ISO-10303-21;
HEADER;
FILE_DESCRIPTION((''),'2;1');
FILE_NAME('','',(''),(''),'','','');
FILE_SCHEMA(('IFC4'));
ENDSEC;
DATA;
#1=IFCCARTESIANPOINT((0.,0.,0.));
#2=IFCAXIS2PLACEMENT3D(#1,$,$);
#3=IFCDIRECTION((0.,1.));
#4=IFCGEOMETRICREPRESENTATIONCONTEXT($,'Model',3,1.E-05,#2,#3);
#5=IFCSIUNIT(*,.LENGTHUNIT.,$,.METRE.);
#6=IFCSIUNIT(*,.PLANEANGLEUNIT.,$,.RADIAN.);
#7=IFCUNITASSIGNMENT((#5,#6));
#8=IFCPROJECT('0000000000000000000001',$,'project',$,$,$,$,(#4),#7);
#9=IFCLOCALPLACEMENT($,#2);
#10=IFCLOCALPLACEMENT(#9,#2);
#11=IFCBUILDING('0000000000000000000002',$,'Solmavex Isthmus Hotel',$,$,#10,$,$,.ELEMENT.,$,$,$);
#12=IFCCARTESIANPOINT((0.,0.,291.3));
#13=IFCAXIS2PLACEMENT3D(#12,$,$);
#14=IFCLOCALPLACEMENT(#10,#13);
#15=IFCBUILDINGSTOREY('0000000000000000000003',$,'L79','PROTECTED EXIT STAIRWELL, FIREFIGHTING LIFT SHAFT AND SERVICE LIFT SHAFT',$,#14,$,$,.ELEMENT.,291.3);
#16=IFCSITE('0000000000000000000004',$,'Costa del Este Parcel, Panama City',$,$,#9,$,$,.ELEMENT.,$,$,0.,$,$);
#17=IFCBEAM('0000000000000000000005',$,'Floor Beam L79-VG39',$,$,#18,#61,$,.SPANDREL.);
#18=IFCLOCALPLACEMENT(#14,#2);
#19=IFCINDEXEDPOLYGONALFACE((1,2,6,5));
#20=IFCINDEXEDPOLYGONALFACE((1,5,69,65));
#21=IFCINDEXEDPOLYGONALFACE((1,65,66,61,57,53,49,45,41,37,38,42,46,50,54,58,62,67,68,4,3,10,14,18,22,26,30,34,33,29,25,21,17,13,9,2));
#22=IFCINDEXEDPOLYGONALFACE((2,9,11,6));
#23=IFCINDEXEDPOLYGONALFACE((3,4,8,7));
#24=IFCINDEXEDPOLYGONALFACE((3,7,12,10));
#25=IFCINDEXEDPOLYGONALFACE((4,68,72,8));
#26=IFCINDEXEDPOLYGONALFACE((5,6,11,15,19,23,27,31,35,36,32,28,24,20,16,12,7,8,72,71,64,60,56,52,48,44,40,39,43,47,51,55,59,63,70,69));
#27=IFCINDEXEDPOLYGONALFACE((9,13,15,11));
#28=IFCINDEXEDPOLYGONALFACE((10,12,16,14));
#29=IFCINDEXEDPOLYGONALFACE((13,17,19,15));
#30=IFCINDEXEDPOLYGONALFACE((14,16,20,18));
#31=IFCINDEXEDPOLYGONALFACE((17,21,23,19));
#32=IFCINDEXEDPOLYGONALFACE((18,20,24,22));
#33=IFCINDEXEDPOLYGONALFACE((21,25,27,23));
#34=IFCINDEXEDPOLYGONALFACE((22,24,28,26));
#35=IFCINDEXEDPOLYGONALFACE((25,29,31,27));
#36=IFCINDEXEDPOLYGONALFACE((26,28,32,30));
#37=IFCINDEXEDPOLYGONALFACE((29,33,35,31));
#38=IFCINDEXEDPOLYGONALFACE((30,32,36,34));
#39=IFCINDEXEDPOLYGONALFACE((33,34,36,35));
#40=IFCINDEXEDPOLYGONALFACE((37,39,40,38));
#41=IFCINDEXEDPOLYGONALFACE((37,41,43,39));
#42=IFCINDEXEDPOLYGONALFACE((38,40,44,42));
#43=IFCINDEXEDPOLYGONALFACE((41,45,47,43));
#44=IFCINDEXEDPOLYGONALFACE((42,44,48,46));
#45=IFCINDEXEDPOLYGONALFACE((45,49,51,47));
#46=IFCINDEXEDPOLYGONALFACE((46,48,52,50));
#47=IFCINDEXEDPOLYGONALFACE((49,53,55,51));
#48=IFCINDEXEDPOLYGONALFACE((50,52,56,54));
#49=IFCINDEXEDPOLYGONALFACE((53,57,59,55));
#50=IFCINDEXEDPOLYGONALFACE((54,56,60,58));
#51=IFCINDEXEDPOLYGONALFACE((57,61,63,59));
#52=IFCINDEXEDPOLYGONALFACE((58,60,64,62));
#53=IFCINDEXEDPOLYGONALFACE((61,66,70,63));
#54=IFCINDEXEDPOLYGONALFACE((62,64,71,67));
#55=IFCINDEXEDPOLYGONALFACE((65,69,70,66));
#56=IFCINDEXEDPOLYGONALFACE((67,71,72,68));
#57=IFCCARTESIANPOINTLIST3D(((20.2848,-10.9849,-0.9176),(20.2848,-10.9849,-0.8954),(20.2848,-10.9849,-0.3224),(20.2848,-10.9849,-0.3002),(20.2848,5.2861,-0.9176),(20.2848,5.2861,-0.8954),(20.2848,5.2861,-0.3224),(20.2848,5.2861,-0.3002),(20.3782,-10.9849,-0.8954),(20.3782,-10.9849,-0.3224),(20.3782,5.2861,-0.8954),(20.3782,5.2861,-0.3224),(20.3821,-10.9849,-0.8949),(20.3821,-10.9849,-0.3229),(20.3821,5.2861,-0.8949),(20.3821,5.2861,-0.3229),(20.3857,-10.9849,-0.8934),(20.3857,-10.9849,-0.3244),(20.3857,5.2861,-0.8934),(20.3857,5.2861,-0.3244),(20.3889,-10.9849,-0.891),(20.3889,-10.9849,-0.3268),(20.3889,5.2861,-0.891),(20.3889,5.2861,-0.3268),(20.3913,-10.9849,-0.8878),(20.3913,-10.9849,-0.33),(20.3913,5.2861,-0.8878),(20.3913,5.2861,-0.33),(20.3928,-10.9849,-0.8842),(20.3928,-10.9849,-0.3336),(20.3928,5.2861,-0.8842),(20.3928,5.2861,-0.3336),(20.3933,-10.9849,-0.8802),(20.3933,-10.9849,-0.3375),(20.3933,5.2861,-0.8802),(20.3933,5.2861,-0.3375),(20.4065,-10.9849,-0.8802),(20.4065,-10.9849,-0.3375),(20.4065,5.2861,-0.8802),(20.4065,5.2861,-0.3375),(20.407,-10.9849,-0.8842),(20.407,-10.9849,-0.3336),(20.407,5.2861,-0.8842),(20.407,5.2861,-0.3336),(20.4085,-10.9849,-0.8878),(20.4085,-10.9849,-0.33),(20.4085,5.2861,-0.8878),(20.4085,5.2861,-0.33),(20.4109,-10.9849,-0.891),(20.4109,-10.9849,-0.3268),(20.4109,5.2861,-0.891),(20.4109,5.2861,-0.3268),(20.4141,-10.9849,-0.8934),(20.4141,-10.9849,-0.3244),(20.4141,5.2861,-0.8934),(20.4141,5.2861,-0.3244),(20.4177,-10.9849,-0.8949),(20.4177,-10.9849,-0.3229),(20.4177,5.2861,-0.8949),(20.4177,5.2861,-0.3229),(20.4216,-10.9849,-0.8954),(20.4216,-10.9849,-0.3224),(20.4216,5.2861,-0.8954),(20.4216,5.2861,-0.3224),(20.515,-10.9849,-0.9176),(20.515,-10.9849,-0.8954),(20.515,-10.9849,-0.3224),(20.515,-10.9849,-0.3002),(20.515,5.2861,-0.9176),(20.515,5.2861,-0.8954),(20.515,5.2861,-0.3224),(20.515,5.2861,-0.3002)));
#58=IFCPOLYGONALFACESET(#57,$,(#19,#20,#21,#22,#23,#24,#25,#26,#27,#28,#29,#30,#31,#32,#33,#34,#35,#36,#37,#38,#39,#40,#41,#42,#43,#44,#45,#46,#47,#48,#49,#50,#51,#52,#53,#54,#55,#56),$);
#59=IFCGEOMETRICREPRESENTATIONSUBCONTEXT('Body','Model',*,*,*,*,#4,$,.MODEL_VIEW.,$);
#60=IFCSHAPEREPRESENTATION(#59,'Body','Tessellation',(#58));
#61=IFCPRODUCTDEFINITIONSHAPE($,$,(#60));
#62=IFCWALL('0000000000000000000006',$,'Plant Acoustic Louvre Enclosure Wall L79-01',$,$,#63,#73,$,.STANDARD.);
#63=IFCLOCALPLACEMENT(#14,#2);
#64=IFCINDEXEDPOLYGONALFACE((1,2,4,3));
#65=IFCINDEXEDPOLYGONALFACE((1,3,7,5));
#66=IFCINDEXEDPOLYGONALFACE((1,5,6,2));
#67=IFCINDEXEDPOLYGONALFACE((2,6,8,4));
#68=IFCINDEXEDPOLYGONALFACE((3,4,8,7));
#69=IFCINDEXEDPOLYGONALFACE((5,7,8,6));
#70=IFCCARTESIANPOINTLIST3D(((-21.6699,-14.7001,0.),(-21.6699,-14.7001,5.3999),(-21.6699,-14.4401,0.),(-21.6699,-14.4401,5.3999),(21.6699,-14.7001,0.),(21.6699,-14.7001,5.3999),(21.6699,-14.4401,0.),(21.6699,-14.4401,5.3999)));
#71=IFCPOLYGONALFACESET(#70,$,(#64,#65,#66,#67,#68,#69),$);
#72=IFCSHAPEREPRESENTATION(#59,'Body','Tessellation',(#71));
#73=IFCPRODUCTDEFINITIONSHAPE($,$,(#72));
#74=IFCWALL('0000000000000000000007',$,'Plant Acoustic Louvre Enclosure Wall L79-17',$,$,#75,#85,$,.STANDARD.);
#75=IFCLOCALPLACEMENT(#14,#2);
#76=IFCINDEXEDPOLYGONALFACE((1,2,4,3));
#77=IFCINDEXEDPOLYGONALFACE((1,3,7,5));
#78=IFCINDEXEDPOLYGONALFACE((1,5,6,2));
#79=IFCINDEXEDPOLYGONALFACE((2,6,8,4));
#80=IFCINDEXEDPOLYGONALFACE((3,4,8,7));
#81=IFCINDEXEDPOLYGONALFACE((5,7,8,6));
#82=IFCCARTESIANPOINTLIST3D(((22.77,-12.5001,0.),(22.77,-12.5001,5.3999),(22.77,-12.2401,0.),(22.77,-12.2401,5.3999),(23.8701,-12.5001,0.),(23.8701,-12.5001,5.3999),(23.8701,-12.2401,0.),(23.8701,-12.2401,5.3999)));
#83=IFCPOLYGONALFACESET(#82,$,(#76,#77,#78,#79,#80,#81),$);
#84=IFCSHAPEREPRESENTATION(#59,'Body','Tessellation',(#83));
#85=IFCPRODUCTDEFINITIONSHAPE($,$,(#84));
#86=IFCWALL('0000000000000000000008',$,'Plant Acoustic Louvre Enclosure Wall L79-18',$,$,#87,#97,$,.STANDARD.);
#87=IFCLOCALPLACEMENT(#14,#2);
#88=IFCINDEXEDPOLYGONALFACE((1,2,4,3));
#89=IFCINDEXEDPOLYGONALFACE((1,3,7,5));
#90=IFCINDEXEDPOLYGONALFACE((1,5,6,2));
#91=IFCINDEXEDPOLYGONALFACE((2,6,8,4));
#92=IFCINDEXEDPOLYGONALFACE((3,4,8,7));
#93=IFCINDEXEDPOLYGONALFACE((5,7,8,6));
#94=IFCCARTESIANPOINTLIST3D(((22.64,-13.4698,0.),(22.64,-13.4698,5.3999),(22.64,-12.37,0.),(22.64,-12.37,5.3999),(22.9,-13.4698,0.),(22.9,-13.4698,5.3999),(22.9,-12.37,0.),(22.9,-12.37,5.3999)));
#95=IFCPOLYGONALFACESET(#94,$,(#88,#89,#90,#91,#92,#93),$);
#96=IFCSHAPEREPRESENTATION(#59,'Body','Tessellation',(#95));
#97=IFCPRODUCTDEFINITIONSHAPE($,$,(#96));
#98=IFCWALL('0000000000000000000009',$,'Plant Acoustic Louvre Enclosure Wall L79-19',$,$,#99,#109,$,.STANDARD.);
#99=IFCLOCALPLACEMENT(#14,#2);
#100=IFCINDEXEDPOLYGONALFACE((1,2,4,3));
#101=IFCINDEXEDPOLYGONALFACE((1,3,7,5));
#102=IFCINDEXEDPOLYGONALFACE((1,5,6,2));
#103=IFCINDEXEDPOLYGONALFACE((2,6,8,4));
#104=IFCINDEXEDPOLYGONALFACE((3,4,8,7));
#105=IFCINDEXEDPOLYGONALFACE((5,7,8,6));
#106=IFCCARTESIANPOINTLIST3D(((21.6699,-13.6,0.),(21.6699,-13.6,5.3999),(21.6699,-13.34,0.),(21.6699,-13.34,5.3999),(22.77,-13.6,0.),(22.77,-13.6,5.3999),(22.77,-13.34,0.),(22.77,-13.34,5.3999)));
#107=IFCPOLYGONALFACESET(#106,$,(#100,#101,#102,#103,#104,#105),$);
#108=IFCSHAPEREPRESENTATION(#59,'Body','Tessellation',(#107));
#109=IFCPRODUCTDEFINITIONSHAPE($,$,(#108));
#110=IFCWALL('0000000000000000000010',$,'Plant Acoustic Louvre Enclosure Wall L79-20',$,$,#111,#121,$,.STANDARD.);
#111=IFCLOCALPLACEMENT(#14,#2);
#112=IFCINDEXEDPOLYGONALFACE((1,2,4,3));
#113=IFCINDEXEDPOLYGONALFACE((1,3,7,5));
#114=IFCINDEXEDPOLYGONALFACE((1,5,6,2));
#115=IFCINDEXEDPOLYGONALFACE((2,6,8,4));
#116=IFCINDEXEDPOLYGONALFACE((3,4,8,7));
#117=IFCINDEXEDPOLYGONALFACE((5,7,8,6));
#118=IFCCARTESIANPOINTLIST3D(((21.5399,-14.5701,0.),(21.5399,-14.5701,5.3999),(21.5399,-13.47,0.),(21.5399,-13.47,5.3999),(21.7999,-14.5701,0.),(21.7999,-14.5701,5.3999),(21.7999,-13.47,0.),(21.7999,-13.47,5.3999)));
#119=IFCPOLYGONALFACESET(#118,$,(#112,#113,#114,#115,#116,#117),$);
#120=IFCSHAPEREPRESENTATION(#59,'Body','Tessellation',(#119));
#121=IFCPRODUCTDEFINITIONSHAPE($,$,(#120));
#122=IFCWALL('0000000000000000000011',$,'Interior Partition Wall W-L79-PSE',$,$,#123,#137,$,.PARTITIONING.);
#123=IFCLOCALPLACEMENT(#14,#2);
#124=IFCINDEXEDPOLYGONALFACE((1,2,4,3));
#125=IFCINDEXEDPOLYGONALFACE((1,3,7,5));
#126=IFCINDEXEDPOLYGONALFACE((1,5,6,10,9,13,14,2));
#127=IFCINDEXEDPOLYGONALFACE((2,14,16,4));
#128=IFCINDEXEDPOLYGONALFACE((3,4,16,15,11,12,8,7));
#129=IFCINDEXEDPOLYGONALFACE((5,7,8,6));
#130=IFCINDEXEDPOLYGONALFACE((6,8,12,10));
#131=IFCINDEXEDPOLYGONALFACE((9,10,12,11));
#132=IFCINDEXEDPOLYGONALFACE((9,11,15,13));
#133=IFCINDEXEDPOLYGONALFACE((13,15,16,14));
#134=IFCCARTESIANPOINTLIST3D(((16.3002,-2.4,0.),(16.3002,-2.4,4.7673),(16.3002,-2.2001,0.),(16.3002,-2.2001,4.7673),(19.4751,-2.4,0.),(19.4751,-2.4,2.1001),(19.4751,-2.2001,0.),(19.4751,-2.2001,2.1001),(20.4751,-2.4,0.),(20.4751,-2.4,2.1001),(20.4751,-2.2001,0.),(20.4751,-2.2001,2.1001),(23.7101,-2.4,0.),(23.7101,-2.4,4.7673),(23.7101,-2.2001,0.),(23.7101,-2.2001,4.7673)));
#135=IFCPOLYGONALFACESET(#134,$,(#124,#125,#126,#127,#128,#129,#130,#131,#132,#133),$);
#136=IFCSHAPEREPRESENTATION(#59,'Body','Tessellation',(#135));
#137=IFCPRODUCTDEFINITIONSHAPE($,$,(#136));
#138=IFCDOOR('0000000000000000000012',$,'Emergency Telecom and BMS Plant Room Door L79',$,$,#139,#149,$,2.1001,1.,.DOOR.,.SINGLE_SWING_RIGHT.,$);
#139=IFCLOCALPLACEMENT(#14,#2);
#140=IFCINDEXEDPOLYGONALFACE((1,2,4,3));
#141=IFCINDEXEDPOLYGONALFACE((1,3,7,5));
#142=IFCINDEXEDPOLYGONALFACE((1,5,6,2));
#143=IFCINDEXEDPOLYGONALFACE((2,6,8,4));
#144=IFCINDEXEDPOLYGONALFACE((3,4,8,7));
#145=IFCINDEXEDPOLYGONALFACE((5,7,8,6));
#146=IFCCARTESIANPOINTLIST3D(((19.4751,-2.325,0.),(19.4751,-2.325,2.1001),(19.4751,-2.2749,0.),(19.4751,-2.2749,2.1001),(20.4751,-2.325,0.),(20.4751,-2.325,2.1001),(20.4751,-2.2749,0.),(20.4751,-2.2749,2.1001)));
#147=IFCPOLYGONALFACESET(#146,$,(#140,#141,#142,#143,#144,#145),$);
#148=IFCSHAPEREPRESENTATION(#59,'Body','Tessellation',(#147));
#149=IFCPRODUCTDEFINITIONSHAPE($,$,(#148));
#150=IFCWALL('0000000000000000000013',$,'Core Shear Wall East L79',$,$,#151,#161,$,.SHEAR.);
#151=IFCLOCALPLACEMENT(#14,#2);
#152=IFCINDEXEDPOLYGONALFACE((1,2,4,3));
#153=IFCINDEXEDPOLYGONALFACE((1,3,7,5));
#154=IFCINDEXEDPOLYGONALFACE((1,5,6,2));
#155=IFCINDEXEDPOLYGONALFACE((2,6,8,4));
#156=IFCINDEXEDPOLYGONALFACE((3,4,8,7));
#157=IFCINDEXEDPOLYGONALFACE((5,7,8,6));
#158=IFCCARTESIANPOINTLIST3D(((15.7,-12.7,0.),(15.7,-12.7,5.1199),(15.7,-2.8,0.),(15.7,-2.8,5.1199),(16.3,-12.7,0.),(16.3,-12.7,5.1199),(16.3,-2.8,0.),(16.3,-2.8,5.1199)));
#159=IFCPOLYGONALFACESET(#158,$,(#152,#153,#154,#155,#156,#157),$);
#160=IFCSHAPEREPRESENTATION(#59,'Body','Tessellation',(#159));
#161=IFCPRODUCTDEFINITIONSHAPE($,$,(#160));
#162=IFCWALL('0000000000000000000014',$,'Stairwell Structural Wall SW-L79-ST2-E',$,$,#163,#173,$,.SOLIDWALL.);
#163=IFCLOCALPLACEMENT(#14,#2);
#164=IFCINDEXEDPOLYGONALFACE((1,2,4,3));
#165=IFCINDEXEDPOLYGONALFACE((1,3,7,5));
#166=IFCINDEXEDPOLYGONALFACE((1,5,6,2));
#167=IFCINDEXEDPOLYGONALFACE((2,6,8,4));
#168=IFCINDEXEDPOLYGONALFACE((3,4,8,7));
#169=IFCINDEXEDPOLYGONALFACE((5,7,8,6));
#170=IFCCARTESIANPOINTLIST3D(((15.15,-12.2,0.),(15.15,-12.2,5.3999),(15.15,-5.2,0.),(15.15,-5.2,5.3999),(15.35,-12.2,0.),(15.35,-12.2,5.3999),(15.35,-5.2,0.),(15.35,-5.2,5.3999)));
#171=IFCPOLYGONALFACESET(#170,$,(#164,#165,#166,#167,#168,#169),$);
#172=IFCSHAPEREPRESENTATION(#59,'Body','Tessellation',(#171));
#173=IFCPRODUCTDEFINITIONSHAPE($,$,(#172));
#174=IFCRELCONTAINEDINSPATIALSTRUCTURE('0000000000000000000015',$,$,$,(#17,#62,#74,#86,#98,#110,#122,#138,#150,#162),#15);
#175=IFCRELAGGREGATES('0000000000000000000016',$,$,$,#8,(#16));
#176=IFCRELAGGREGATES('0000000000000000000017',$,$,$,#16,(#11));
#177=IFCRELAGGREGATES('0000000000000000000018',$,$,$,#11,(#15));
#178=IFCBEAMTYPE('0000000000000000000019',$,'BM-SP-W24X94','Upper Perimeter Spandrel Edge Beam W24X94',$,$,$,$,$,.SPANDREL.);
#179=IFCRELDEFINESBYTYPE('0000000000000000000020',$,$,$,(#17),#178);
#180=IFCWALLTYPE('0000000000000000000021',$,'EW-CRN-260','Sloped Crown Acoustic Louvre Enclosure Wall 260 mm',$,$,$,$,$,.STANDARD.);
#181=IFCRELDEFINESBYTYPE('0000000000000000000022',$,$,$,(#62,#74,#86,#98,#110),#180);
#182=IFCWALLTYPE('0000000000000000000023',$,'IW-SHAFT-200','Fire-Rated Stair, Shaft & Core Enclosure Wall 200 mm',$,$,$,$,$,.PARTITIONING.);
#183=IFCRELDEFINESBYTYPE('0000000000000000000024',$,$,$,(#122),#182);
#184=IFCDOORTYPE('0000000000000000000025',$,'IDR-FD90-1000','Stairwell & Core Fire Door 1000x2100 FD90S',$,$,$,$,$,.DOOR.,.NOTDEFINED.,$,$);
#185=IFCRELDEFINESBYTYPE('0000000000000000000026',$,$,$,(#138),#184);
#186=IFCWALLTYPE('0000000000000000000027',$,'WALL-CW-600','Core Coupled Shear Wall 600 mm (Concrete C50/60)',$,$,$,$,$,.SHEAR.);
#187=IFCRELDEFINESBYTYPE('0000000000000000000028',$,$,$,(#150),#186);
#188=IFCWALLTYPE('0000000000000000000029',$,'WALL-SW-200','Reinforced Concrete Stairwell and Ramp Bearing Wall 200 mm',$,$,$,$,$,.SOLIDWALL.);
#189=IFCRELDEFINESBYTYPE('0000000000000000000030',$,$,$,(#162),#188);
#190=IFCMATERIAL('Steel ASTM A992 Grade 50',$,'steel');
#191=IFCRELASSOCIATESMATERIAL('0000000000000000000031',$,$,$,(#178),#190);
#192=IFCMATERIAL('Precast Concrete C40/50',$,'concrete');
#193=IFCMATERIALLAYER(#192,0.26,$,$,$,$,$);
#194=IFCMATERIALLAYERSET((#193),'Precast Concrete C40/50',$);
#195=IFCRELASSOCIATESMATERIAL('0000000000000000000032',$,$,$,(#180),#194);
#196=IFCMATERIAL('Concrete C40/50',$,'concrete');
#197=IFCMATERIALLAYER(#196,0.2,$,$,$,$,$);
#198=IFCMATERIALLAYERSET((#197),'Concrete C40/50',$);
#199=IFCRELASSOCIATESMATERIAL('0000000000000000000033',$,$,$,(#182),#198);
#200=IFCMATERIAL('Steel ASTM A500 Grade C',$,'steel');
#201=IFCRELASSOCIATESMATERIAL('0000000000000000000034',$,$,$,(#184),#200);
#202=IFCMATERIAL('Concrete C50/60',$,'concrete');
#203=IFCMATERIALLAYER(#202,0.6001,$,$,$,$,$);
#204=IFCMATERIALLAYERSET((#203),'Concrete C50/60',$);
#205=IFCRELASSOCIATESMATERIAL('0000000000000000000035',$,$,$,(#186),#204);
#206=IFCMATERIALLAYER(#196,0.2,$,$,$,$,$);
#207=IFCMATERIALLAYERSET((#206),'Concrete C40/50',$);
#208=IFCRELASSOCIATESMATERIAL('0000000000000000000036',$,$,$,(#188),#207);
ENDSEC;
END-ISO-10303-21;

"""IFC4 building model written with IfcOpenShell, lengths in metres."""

from ifc_helpers import new_model, si_unit, direction, frame, frame_2d, origin, origin_2d, place, context, subcontext, project, spatial, rectangle, i_section, extrude, material, layer, layer_set, material_profile, profile_set, type_object, element, fill, save


model = new_model("IFC4")

# Units and contexts
model_context = context("Model", 3, precision=1e-05, world=origin(), true_north=direction((0.0, 1.0)))
body_context = subcontext(model_context, "Body", "Model", "MODEL_VIEW")
ifc_project = project(units=[si_unit("LENGTHUNIT", "METRE"), si_unit("PLANEANGLEUNIT", "RADIAN")], contexts=[model_context])

# Site, building, storey
site_placement = place(None, origin())
site = spatial("IfcSite", under=ifc_project, at=site_placement, Name="Costa del Este Parcel, Panama City", CompositionType="ELEMENT", RefElevation=0.0)
building_placement = place(site_placement, origin())
building = spatial("IfcBuilding", under=site, at=building_placement, Name="Solmavex Isthmus Hotel", CompositionType="ELEMENT")
storey_placement = place(building_placement, frame((0.0, 0.0, 291.3)))
storey = spatial("IfcBuildingStorey", under=building, at=storey_placement, Name="L79", Description="PROTECTED EXIT STAIRWELL, FIREFIGHTING LIFT SHAFT AND SERVICE LIFT SHAFT", CompositionType="ELEMENT", Elevation=291.3)

# Shared definitions
ifc_material_1 = material(Name="Concrete C50/60", Category="concrete")

# Beam
ifc_material_2 = material(Name="Steel ASTM A992 Grade 50", Category="steel")
ifc_material_profile_1 = material_profile(ifc_material_2, i_section(OverallWidth=0.2302, OverallDepth=0.6174, WebThickness=0.0132, FlangeThickness=0.0222, FilletRadius=0.0151, at=origin_2d()), Name="W24X94")
ifc_profile_set_1 = profile_set([ifc_material_profile_1], Name="Steel ASTM A992 Grade 50")
beam_type_1 = type_object("IfcBeamType", Name="BM-SP-W24X94", Description="Upper Perimeter Spandrel Edge Beam W24X94", PredefinedType="SPANDREL", material=ifc_profile_set_1)
beam_1_placement = place(storey_placement, frame((20.3999, -10.9849, -0.6089), z_axis=(0.0, 1.0, 0.0), x_axis=(-1.0, 0.0, 0.0)))
element("IfcBeam", 1, at=beam_1_placement, inside=storey, type_object=beam_type_1, Name="Floor Beam L79-VG39", PredefinedType="SPANDREL", context=body_context, shape_type="SweptSolid", body=[
    extrude(i_section(OverallWidth=0.2302, OverallDepth=0.6174, WebThickness=0.0132, FlangeThickness=0.0222, FilletRadius=0.0151, at=origin_2d()), origin(), (0.0, 0.0, 1.0), 16.271),
])

# Walls
ifc_material_3 = material(Name="Precast Concrete C40/50", Category="concrete")
ifc_layer_1 = layer(ifc_material_3, 0.26)
ifc_layer_set_1 = layer_set([ifc_layer_1], Name="Precast Concrete C40/50")
wall_type_1 = type_object("IfcWallType", Name="EW-CRN-260", Description="Sloped Crown Acoustic Louvre Enclosure Wall 260 mm", PredefinedType="STANDARD", material=ifc_layer_set_1)
wall_1_placement = place(storey_placement, frame((21.6699, -14.5701, 0.0), z_axis=(0.0, 0.0, 1.0), x_axis=(-1.0, 0.0, 0.0)))
element("IfcWall", 2, at=wall_1_placement, inside=storey, type_object=wall_type_1, Name="Plant Acoustic Louvre Enclosure Wall L79-01", PredefinedType="STANDARD", context=body_context, shape_type="SweptSolid", body=[
    extrude(rectangle(XDim=43.3398, YDim=0.26, at=frame_2d((21.6699, 0.0))), origin(), (0.0, 0.0, 1.0), 5.3999),
])
wall_2_placement = place(storey_placement, frame((23.8701, -12.3701, 0.0), z_axis=(0.0, 0.0, 1.0), x_axis=(-1.0, 0.0, 0.0)))
element("IfcWall", 3, at=wall_2_placement, inside=storey, type_object=wall_type_1, Name="Plant Acoustic Louvre Enclosure Wall L79-17", PredefinedType="STANDARD", context=body_context, shape_type="SweptSolid", body=[
    extrude(rectangle(XDim=1.1001, YDim=0.26, at=frame_2d((0.55, 0.0))), origin(), (0.0, 0.0, 1.0), 5.3999),
])
wall_3_placement = place(storey_placement, frame((22.77, -12.3701, 0.0), z_axis=(0.0, 0.0, 1.0), x_axis=(0.0, -1.0, 0.0)))
element("IfcWall", 4, at=wall_3_placement, inside=storey, type_object=wall_type_1, Name="Plant Acoustic Louvre Enclosure Wall L79-18", PredefinedType="STANDARD", context=body_context, shape_type="SweptSolid", body=[
    extrude(rectangle(XDim=1.0999, YDim=0.26, at=frame_2d((0.5498, 0.0))), origin(), (0.0, 0.0, 1.0), 5.3999),
])
for number, where, z_axis, x_axis, name in (
    (5, (22.77, -13.47, 0.0), (0.0, 0.0, 1.0), (-1.0, 0.0, 0.0), "Plant Acoustic Louvre Enclosure Wall L79-19"),
    (6, (21.6699, -13.47, 0.0), (0.0, 0.0, 1.0), (0.0, -1.0, 0.0), "Plant Acoustic Louvre Enclosure Wall L79-20"),
):
    element("IfcWall", number, at=place(storey_placement, frame(where, z_axis=z_axis, x_axis=x_axis)), inside=storey, type_object=wall_type_1, Name=name, PredefinedType="STANDARD", context=body_context, shape_type="SweptSolid", body=[
        extrude(rectangle(XDim=1.1001, YDim=0.26, at=frame_2d((0.55, 0.0))), origin(), (0.0, 0.0, 1.0), 5.3999),
    ])

# Wall, opening, door
ifc_material_4 = material(Name="Concrete C40/50", Category="concrete")
ifc_layer_2 = layer(ifc_material_4, 0.2)
ifc_layer_set_2 = layer_set([ifc_layer_2], Name="Concrete C40/50")
wall_type_2 = type_object("IfcWallType", Name="IW-SHAFT-200", Description="Fire-Rated Stair, Shaft & Core Enclosure Wall 200 mm", PredefinedType="PARTITIONING", material=ifc_layer_set_2)
wall_4_placement = place(storey_placement, frame((16.3, -2.3, 0.0), z_axis=(0.0, 0.0, 1.0), x_axis=(1.0, 0.0, 0.0)))
wall_4 = element("IfcWall", 7, at=wall_4_placement, inside=storey, type_object=wall_type_2, Name="Interior Partition Wall W-L79-PSE", PredefinedType="PARTITIONING", context=body_context, shape_type="SweptSolid", body=[
    extrude(rectangle(XDim=7.4099, YDim=0.2, at=frame_2d((3.7051, 0.0))), origin(), (0.0, 0.0, 1.0), 4.7673),
])
opening_placement = place(wall_4_placement, frame((3.175, 0.0, 0.0)))
opening = element("IfcOpeningElement", 8, at=opening_placement, cuts=wall_4, PredefinedType="OPENING", context=body_context, shape_type="SweptSolid", body=[
    extrude(rectangle(XDim=1.0, YDim=2.1001, at=frame_2d((0.5, 1.05))), frame((0.0, 0.1099, 0.0), z_axis=(0.0, -1.0, 0.0), x_axis=(1.0, 0.0, 0.0)), (0.0, 0.0, 1.0), 0.22),
])
ifc_material_5 = material(Name="Steel ASTM A500 Grade C", Category="steel")
door_type = type_object("IfcDoorType", Name="IDR-FD90-1000", Description="Stairwell & Core Fire Door 1000x2100 FD90S", OperationType="NOTDEFINED", PredefinedType="DOOR", material=ifc_material_5)
door_placement = place(opening_placement, frame((1.0, 0.0, 0.0), z_axis=(0.0, 0.0, 1.0), x_axis=(-1.0, 0.0, 0.0)))
door = element("IfcDoor", 9, at=door_placement, inside=storey, type_object=door_type, Name="Emergency Telecom and BMS Plant Room Door L79", OperationType="SINGLE_SWING_RIGHT", OverallHeight=2.1001, OverallWidth=1.0, PredefinedType="DOOR", context=body_context, shape_type="SweptSolid", body=[
    extrude(rectangle(XDim=1.0, YDim=2.1001, at=frame_2d((0.5, 1.05))), frame((0.0, 0.0249, 0.0), z_axis=(0.0, -1.0, 0.0), x_axis=(1.0, 0.0, 0.0)), (0.0, 0.0, 1.0), 0.05),
])
fill(opening, door)

# Walls
ifc_layer_3 = layer(ifc_material_1, 0.6001)
ifc_layer_set_3 = layer_set([ifc_layer_3], Name="Concrete C50/60")
wall_type_3 = type_object("IfcWallType", Name="WALL-CW-600", Description="Core Coupled Shear Wall 600 mm (Concrete C50/60)", PredefinedType="SHEAR", material=ifc_layer_set_3)
wall_5_placement = place(storey_placement, frame((16.0, -12.7, 0.0), z_axis=(0.0, 0.0, 1.0), x_axis=(0.0, 1.0, 0.0)))
element("IfcWall", 10, at=wall_5_placement, inside=storey, type_object=wall_type_3, Name="Core Shear Wall East L79", PredefinedType="SHEAR", context=body_context, shape_type="SweptSolid", body=[
    extrude(rectangle(XDim=9.8999, YDim=0.6001, at=frame_2d((4.95, 0.0))), origin(), (0.0, 0.0, 1.0), 5.1199),
])
ifc_layer_4 = layer(ifc_material_4, 0.2)
ifc_layer_set_4 = layer_set([ifc_layer_4], Name="Concrete C40/50")
wall_type_4 = type_object("IfcWallType", Name="WALL-SW-200", Description="Reinforced Concrete Stairwell and Ramp Bearing Wall 200 mm", PredefinedType="SOLIDWALL", material=ifc_layer_set_4)
wall_6_placement = place(storey_placement, frame((15.25, -12.2, 0.0), z_axis=(0.0, 0.0, 1.0), x_axis=(0.0, 1.0, 0.0)))
element("IfcWall", 11, at=wall_6_placement, inside=storey, type_object=wall_type_4, Name="Stairwell Structural Wall SW-L79-ST2-E", PredefinedType="SOLIDWALL", context=body_context, shape_type="SweptSolid", body=[
    extrude(rectangle(XDim=7.0, YDim=0.2, at=frame_2d((3.5, 0.0))), origin(), (0.0, 0.0, 1.0), 5.3999),
])

save(model, "model.ifc")
